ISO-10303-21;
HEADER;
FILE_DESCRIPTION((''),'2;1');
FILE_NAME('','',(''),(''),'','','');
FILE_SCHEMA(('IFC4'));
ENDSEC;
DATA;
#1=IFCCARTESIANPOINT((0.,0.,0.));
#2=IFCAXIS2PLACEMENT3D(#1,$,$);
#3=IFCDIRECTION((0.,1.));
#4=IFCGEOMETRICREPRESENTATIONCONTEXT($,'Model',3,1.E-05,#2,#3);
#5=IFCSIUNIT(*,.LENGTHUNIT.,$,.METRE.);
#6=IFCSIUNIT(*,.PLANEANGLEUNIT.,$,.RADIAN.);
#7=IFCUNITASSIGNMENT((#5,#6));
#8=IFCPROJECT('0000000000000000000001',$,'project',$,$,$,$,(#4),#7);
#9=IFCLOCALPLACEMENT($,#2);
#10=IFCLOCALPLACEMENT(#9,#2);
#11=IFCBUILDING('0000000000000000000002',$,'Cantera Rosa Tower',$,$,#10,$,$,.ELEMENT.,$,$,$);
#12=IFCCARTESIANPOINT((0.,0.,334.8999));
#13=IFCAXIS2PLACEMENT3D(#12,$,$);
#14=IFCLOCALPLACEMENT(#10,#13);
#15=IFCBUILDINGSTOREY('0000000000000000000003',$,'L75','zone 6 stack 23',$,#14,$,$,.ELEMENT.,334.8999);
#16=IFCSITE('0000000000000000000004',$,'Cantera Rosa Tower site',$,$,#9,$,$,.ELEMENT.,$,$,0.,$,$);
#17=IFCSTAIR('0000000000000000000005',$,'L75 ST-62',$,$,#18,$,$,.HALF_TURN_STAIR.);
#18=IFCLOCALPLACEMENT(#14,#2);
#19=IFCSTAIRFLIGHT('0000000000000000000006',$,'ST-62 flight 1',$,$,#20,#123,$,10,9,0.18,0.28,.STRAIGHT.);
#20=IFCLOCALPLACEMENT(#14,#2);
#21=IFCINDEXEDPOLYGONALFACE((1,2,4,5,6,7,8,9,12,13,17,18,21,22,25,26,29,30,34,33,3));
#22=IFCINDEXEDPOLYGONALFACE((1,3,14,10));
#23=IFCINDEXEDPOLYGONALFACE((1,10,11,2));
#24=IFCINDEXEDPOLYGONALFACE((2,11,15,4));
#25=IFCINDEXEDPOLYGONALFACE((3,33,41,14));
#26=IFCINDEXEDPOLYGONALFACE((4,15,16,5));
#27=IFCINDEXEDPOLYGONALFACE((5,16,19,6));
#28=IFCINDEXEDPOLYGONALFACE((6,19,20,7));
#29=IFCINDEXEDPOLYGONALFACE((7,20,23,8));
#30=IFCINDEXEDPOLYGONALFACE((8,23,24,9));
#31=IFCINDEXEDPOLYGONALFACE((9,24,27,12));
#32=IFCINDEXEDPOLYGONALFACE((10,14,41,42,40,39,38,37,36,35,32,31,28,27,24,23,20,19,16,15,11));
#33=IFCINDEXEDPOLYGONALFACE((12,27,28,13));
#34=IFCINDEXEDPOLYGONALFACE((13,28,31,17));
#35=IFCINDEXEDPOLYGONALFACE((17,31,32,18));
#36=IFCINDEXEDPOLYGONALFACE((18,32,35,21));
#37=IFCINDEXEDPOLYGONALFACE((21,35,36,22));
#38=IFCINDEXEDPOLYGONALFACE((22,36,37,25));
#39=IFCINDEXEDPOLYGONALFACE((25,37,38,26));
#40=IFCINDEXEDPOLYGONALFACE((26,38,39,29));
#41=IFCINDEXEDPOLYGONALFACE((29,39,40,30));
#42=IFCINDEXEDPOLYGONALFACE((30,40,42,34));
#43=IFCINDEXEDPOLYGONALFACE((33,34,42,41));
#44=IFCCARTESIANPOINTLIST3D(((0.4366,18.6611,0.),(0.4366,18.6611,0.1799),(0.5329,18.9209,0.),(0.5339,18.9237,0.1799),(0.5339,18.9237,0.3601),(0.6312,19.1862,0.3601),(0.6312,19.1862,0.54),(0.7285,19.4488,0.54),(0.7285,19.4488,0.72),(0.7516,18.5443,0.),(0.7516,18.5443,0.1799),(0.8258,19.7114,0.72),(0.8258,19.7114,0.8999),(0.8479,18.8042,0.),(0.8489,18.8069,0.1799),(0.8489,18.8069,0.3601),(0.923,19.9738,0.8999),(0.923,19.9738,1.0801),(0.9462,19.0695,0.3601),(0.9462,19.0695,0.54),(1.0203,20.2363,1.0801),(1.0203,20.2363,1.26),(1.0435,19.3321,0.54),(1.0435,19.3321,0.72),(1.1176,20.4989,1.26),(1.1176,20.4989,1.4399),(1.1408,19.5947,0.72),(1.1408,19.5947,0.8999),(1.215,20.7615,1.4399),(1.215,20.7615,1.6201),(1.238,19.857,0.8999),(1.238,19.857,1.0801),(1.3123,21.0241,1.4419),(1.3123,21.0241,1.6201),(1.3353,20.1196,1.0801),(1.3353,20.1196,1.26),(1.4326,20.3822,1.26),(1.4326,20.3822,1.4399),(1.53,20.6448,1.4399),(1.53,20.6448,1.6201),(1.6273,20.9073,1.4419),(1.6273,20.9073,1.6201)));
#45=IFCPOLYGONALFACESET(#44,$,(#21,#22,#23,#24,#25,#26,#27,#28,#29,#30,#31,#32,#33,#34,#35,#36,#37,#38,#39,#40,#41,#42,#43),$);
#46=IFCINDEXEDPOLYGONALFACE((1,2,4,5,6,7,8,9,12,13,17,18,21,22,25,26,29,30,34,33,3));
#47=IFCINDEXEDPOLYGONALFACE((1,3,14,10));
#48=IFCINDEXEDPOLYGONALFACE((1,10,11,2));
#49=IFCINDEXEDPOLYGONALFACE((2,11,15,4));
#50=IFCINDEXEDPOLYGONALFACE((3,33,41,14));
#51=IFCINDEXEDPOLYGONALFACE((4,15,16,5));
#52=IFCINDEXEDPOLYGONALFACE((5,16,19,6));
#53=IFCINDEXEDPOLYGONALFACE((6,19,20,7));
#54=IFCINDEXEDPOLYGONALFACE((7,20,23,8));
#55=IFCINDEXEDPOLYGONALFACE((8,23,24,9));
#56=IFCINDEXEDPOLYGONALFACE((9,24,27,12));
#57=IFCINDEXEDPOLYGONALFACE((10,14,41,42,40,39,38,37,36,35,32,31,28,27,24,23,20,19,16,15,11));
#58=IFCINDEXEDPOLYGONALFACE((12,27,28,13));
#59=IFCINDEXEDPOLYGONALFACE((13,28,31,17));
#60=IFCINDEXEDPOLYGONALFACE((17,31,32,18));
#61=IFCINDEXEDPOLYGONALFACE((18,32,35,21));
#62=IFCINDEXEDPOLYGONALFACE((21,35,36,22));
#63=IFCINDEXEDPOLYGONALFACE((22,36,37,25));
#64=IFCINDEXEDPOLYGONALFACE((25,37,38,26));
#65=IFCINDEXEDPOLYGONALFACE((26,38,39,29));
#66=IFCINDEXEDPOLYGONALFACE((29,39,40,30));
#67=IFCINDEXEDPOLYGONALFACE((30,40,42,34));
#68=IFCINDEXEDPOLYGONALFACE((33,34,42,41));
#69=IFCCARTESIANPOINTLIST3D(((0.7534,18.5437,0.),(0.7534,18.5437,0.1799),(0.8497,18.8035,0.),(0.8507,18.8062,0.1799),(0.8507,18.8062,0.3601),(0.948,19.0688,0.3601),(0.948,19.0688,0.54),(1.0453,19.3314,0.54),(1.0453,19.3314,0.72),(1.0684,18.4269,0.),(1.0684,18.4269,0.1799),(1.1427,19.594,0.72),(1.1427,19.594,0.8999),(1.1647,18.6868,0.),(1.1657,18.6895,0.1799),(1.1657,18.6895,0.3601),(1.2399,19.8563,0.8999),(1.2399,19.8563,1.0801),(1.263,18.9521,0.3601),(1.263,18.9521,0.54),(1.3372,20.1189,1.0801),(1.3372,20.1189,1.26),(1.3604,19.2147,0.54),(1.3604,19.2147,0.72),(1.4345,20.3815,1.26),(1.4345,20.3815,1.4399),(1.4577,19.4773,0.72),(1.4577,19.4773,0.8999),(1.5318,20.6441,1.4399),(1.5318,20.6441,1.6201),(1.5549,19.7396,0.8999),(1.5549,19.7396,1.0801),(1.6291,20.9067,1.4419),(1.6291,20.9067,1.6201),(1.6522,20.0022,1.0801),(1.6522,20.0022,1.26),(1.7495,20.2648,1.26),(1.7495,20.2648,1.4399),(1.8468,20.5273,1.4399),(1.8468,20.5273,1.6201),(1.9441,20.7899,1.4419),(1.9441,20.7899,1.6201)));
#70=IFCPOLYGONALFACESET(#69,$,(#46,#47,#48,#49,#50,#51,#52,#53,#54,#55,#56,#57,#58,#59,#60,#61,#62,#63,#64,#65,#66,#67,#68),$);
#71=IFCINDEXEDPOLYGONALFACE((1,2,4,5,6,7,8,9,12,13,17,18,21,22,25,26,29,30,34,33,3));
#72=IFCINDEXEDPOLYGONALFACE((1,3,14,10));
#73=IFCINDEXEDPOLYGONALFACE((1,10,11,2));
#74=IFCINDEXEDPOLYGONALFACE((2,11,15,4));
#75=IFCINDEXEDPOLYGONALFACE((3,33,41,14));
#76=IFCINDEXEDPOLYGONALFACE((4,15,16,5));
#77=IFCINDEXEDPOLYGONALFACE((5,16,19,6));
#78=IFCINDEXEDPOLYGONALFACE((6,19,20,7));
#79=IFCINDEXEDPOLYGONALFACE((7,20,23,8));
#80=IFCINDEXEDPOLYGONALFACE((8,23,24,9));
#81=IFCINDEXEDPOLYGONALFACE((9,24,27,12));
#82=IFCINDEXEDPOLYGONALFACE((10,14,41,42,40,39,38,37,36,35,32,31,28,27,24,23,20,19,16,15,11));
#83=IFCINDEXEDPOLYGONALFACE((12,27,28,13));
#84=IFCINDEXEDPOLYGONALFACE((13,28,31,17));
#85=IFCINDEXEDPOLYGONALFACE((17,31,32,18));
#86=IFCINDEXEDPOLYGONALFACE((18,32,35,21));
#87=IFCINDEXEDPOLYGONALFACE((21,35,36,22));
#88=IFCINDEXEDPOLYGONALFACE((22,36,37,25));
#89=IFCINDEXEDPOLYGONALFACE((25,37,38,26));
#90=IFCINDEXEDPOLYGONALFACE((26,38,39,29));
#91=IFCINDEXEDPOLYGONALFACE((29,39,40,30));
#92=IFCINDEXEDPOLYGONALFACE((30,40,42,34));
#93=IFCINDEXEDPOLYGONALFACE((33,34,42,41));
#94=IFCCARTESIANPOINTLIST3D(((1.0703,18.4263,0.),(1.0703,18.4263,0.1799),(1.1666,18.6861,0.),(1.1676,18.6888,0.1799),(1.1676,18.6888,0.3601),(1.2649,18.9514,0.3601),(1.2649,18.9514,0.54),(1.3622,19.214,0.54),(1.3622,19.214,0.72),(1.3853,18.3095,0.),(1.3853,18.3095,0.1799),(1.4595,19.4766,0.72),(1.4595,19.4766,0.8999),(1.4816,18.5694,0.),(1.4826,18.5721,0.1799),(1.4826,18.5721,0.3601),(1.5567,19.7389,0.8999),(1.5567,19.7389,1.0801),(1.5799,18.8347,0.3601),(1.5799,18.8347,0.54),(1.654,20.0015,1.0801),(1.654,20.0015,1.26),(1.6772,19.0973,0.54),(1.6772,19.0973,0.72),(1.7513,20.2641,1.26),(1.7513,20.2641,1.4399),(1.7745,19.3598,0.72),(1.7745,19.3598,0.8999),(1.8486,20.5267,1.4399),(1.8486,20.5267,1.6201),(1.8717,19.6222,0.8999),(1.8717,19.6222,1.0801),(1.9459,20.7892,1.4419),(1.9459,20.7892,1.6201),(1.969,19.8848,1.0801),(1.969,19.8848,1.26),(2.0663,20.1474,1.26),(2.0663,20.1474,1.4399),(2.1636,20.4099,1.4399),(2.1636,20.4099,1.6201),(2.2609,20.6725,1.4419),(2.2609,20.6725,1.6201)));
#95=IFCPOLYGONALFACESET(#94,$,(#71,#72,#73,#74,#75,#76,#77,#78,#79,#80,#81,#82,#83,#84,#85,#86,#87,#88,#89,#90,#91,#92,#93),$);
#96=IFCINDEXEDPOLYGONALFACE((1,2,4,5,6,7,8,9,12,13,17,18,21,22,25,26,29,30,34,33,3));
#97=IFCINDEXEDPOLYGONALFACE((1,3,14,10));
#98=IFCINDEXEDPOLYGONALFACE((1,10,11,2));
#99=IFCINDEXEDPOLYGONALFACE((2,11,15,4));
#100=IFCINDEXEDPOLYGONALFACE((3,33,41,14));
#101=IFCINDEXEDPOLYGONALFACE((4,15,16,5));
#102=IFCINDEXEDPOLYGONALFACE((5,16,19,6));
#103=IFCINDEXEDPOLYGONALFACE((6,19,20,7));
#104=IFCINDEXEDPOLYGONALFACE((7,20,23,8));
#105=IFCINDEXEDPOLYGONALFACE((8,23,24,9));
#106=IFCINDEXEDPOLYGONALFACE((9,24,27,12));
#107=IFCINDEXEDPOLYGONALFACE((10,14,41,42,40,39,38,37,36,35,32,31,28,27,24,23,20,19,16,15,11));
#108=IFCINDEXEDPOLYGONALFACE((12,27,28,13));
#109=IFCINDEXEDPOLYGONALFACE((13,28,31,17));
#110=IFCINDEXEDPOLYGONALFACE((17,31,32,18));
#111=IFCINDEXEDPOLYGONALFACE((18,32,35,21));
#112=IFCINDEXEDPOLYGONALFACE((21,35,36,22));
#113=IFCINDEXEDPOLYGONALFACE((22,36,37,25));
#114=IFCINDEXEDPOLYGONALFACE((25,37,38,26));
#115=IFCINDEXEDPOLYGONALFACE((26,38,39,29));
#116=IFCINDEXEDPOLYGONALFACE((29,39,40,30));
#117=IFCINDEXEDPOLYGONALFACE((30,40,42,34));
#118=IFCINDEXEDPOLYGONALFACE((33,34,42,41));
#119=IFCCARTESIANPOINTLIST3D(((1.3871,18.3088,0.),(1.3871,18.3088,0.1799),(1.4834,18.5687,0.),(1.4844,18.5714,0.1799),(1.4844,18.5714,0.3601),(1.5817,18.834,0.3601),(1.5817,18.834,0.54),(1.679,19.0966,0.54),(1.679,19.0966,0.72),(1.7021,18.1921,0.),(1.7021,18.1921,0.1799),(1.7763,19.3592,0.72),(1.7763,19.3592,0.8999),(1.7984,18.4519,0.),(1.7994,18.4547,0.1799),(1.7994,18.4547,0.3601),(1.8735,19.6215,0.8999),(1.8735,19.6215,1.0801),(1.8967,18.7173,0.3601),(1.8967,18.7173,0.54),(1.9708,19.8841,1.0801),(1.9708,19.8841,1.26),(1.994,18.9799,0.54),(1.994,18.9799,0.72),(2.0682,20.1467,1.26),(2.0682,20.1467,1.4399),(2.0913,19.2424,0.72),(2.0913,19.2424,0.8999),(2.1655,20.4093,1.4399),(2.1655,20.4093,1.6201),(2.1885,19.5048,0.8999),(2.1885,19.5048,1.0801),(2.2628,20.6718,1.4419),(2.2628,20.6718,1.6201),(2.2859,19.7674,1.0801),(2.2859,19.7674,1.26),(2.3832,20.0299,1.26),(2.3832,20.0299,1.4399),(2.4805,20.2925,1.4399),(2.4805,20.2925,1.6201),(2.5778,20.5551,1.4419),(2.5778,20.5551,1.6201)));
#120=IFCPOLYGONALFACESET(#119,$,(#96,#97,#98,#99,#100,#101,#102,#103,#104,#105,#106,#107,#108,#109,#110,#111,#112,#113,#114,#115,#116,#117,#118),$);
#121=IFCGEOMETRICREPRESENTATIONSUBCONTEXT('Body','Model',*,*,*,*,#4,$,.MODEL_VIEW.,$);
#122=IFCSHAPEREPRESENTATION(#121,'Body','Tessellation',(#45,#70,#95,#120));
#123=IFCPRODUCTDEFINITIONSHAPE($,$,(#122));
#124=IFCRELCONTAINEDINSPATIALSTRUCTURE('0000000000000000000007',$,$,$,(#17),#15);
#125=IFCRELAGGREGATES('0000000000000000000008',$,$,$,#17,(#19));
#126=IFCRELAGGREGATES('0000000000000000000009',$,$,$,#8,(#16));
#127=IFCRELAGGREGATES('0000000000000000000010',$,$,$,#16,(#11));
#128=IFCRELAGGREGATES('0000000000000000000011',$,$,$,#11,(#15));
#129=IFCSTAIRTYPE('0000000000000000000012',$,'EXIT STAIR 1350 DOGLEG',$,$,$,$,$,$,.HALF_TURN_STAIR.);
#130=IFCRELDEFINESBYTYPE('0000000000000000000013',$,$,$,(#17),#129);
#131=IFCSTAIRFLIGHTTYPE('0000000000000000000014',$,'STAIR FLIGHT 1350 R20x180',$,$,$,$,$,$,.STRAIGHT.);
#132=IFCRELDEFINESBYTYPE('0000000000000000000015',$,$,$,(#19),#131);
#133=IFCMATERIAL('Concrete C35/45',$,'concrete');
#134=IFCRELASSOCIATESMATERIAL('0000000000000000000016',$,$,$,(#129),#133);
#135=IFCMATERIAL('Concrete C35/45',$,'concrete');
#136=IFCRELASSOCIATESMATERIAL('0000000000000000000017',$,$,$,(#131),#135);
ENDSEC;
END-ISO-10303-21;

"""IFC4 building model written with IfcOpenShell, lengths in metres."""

from ifc_helpers import new_model, si_unit, direction, frame, origin, place, context, subcontext, project, spatial, polyline, outline, extrude, material, type_object, element, aggregate, save


model = new_model("IFC4")

# Units and contexts
model_context = context("Model", 3, precision=1e-05, world=origin(), true_north=direction((0.0, 1.0)))
body_context = subcontext(model_context, "Body", "Model", "MODEL_VIEW")
ifc_project = project(units=[si_unit("LENGTHUNIT", "METRE"), si_unit("PLANEANGLEUNIT", "RADIAN")], contexts=[model_context])

# Site, building, storey
site_placement = place(None, origin())
site = spatial("IfcSite", under=ifc_project, at=site_placement, Name="Cantera Rosa Tower site", CompositionType="ELEMENT", RefElevation=0.0)
building_placement = place(site_placement, origin())
building = spatial("IfcBuilding", under=site, at=building_placement, Name="Cantera Rosa Tower", CompositionType="ELEMENT")
storey_placement = place(building_placement, frame((0.0, 0.0, 334.8999)))
storey = spatial("IfcBuildingStorey", under=building, at=storey_placement, Name="L75", Description="zone 6 stack 23", CompositionType="ELEMENT", Elevation=334.8999)

# Stair, stair flight
ifc_material_1 = material(Name="Concrete C35/45", Category="concrete")
stair_type = type_object("IfcStairType", Name="EXIT STAIR 1350 DOGLEG", PredefinedType="HALF_TURN_STAIR", material=ifc_material_1)
stair_placement = place(storey_placement, origin())
stair = element("IfcStair", 1, at=stair_placement, inside=storey, type_object=stair_type, Name="L75 ST-62", PredefinedType="HALF_TURN_STAIR")
ifc_material_2 = material(Name="Concrete C35/45", Category="concrete")
stair_flight_type = type_object("IfcStairFlightType", Name="STAIR FLIGHT 1350 R20x180", PredefinedType="STRAIGHT", material=ifc_material_2)
stair_flight_1_placement = place(storey_placement, frame((1.0696, 18.4265, 0.0), z_axis=(0.0, 0.0, 1.0), x_axis=(0.347481, 0.937687, 0.0)))
stair_flight_1 = element("IfcStairFlight", 2, at=stair_flight_1_placement, type_object=stair_flight_type, Name="ST-62 flight 1", NumberOfRisers=10, NumberOfTreads=9, PredefinedType="STRAIGHT", RiserHeight=0.18, TreadLength=0.28, context=body_context, shape_type="SweptSolid", body=[
    extrude(outline(polyline([(0.0, 0.0), (0.0, 0.1799), (0.28, 0.1799), (0.28, 0.3601), (0.5601, 0.3601), (0.5601, 0.54), (0.8401, 0.54), (0.8401, 0.72), (1.1201, 0.72), (1.1201, 0.8999), (1.3999, 0.8999), (1.3999, 1.0801), (1.6799, 1.0801), (1.6799, 1.26), (1.96, 1.26), (1.96, 1.4399), (2.24, 1.4399), (2.24, 1.6201), (2.52, 1.6201), (2.52, 1.8), (2.52, 1.4419), (0.2771, 0.0), (0.0, 0.0)])), frame((0.0, 0.675, 0.0), z_axis=(0.0, -1.0, 0.0), x_axis=(1.0, 0.0, 0.0)), (0.0, 0.0, 1.0), 0.3359),
    extrude(outline(polyline([(0.0, 0.0), (0.0, 0.1799), (0.28, 0.1799), (0.28, 0.3601), (0.5601, 0.3601), (0.5601, 0.54), (0.8401, 0.54), (0.8401, 0.72), (1.1201, 0.72), (1.1201, 0.8999), (1.3999, 0.8999), (1.3999, 1.0801), (1.6799, 1.0801), (1.6799, 1.26), (1.96, 1.26), (1.96, 1.4399), (2.24, 1.4399), (2.24, 1.6201), (2.52, 1.6201), (2.52, 1.8), (2.52, 1.4419), (0.2771, 0.0), (0.0, 0.0)])), frame((0.0, 0.3372, 0.0), z_axis=(0.0, -1.0, 0.0), x_axis=(1.0, 0.0, 0.0)), (0.0, 0.0, 1.0), 0.3359),
    extrude(outline(polyline([(0.0, 0.0), (0.0, 0.1799), (0.28, 0.1799), (0.28, 0.3601), (0.5601, 0.3601), (0.5601, 0.54), (0.8401, 0.54), (0.8401, 0.72), (1.1201, 0.72), (1.1201, 0.8999), (1.3999, 0.8999), (1.3999, 1.0801), (1.6799, 1.0801), (1.6799, 1.26), (1.96, 1.26), (1.96, 1.4399), (2.24, 1.4399), (2.24, 1.6201), (2.52, 1.6201), (2.52, 1.8), (2.52, 1.4419), (0.2771, 0.0), (0.0, 0.0)])), frame((0.0, -0.0007, 0.0), z_axis=(0.0, -1.0, 0.0), x_axis=(1.0, 0.0, 0.0)), (0.0, 0.0, 1.0), 0.3359),
    extrude(outline(polyline([(0.0, 0.0), (0.0, 0.1799), (0.28, 0.1799), (0.28, 0.3601), (0.5601, 0.3601), (0.5601, 0.54), (0.8401, 0.54), (0.8401, 0.72), (1.1201, 0.72), (1.1201, 0.8999), (1.3999, 0.8999), (1.3999, 1.0801), (1.6799, 1.0801), (1.6799, 1.26), (1.96, 1.26), (1.96, 1.4399), (2.24, 1.4399), (2.24, 1.6201), (2.52, 1.6201), (2.52, 1.8), (2.52, 1.4419), (0.2771, 0.0), (0.0, 0.0)])), frame((0.0, -0.3386, 0.0), z_axis=(0.0, -1.0, 0.0), x_axis=(1.0, 0.0, 0.0)), (0.0, 0.0, 1.0), 0.3359),
])
aggregate(stair, [stair_flight_1])

save(model, "model.ifc")
